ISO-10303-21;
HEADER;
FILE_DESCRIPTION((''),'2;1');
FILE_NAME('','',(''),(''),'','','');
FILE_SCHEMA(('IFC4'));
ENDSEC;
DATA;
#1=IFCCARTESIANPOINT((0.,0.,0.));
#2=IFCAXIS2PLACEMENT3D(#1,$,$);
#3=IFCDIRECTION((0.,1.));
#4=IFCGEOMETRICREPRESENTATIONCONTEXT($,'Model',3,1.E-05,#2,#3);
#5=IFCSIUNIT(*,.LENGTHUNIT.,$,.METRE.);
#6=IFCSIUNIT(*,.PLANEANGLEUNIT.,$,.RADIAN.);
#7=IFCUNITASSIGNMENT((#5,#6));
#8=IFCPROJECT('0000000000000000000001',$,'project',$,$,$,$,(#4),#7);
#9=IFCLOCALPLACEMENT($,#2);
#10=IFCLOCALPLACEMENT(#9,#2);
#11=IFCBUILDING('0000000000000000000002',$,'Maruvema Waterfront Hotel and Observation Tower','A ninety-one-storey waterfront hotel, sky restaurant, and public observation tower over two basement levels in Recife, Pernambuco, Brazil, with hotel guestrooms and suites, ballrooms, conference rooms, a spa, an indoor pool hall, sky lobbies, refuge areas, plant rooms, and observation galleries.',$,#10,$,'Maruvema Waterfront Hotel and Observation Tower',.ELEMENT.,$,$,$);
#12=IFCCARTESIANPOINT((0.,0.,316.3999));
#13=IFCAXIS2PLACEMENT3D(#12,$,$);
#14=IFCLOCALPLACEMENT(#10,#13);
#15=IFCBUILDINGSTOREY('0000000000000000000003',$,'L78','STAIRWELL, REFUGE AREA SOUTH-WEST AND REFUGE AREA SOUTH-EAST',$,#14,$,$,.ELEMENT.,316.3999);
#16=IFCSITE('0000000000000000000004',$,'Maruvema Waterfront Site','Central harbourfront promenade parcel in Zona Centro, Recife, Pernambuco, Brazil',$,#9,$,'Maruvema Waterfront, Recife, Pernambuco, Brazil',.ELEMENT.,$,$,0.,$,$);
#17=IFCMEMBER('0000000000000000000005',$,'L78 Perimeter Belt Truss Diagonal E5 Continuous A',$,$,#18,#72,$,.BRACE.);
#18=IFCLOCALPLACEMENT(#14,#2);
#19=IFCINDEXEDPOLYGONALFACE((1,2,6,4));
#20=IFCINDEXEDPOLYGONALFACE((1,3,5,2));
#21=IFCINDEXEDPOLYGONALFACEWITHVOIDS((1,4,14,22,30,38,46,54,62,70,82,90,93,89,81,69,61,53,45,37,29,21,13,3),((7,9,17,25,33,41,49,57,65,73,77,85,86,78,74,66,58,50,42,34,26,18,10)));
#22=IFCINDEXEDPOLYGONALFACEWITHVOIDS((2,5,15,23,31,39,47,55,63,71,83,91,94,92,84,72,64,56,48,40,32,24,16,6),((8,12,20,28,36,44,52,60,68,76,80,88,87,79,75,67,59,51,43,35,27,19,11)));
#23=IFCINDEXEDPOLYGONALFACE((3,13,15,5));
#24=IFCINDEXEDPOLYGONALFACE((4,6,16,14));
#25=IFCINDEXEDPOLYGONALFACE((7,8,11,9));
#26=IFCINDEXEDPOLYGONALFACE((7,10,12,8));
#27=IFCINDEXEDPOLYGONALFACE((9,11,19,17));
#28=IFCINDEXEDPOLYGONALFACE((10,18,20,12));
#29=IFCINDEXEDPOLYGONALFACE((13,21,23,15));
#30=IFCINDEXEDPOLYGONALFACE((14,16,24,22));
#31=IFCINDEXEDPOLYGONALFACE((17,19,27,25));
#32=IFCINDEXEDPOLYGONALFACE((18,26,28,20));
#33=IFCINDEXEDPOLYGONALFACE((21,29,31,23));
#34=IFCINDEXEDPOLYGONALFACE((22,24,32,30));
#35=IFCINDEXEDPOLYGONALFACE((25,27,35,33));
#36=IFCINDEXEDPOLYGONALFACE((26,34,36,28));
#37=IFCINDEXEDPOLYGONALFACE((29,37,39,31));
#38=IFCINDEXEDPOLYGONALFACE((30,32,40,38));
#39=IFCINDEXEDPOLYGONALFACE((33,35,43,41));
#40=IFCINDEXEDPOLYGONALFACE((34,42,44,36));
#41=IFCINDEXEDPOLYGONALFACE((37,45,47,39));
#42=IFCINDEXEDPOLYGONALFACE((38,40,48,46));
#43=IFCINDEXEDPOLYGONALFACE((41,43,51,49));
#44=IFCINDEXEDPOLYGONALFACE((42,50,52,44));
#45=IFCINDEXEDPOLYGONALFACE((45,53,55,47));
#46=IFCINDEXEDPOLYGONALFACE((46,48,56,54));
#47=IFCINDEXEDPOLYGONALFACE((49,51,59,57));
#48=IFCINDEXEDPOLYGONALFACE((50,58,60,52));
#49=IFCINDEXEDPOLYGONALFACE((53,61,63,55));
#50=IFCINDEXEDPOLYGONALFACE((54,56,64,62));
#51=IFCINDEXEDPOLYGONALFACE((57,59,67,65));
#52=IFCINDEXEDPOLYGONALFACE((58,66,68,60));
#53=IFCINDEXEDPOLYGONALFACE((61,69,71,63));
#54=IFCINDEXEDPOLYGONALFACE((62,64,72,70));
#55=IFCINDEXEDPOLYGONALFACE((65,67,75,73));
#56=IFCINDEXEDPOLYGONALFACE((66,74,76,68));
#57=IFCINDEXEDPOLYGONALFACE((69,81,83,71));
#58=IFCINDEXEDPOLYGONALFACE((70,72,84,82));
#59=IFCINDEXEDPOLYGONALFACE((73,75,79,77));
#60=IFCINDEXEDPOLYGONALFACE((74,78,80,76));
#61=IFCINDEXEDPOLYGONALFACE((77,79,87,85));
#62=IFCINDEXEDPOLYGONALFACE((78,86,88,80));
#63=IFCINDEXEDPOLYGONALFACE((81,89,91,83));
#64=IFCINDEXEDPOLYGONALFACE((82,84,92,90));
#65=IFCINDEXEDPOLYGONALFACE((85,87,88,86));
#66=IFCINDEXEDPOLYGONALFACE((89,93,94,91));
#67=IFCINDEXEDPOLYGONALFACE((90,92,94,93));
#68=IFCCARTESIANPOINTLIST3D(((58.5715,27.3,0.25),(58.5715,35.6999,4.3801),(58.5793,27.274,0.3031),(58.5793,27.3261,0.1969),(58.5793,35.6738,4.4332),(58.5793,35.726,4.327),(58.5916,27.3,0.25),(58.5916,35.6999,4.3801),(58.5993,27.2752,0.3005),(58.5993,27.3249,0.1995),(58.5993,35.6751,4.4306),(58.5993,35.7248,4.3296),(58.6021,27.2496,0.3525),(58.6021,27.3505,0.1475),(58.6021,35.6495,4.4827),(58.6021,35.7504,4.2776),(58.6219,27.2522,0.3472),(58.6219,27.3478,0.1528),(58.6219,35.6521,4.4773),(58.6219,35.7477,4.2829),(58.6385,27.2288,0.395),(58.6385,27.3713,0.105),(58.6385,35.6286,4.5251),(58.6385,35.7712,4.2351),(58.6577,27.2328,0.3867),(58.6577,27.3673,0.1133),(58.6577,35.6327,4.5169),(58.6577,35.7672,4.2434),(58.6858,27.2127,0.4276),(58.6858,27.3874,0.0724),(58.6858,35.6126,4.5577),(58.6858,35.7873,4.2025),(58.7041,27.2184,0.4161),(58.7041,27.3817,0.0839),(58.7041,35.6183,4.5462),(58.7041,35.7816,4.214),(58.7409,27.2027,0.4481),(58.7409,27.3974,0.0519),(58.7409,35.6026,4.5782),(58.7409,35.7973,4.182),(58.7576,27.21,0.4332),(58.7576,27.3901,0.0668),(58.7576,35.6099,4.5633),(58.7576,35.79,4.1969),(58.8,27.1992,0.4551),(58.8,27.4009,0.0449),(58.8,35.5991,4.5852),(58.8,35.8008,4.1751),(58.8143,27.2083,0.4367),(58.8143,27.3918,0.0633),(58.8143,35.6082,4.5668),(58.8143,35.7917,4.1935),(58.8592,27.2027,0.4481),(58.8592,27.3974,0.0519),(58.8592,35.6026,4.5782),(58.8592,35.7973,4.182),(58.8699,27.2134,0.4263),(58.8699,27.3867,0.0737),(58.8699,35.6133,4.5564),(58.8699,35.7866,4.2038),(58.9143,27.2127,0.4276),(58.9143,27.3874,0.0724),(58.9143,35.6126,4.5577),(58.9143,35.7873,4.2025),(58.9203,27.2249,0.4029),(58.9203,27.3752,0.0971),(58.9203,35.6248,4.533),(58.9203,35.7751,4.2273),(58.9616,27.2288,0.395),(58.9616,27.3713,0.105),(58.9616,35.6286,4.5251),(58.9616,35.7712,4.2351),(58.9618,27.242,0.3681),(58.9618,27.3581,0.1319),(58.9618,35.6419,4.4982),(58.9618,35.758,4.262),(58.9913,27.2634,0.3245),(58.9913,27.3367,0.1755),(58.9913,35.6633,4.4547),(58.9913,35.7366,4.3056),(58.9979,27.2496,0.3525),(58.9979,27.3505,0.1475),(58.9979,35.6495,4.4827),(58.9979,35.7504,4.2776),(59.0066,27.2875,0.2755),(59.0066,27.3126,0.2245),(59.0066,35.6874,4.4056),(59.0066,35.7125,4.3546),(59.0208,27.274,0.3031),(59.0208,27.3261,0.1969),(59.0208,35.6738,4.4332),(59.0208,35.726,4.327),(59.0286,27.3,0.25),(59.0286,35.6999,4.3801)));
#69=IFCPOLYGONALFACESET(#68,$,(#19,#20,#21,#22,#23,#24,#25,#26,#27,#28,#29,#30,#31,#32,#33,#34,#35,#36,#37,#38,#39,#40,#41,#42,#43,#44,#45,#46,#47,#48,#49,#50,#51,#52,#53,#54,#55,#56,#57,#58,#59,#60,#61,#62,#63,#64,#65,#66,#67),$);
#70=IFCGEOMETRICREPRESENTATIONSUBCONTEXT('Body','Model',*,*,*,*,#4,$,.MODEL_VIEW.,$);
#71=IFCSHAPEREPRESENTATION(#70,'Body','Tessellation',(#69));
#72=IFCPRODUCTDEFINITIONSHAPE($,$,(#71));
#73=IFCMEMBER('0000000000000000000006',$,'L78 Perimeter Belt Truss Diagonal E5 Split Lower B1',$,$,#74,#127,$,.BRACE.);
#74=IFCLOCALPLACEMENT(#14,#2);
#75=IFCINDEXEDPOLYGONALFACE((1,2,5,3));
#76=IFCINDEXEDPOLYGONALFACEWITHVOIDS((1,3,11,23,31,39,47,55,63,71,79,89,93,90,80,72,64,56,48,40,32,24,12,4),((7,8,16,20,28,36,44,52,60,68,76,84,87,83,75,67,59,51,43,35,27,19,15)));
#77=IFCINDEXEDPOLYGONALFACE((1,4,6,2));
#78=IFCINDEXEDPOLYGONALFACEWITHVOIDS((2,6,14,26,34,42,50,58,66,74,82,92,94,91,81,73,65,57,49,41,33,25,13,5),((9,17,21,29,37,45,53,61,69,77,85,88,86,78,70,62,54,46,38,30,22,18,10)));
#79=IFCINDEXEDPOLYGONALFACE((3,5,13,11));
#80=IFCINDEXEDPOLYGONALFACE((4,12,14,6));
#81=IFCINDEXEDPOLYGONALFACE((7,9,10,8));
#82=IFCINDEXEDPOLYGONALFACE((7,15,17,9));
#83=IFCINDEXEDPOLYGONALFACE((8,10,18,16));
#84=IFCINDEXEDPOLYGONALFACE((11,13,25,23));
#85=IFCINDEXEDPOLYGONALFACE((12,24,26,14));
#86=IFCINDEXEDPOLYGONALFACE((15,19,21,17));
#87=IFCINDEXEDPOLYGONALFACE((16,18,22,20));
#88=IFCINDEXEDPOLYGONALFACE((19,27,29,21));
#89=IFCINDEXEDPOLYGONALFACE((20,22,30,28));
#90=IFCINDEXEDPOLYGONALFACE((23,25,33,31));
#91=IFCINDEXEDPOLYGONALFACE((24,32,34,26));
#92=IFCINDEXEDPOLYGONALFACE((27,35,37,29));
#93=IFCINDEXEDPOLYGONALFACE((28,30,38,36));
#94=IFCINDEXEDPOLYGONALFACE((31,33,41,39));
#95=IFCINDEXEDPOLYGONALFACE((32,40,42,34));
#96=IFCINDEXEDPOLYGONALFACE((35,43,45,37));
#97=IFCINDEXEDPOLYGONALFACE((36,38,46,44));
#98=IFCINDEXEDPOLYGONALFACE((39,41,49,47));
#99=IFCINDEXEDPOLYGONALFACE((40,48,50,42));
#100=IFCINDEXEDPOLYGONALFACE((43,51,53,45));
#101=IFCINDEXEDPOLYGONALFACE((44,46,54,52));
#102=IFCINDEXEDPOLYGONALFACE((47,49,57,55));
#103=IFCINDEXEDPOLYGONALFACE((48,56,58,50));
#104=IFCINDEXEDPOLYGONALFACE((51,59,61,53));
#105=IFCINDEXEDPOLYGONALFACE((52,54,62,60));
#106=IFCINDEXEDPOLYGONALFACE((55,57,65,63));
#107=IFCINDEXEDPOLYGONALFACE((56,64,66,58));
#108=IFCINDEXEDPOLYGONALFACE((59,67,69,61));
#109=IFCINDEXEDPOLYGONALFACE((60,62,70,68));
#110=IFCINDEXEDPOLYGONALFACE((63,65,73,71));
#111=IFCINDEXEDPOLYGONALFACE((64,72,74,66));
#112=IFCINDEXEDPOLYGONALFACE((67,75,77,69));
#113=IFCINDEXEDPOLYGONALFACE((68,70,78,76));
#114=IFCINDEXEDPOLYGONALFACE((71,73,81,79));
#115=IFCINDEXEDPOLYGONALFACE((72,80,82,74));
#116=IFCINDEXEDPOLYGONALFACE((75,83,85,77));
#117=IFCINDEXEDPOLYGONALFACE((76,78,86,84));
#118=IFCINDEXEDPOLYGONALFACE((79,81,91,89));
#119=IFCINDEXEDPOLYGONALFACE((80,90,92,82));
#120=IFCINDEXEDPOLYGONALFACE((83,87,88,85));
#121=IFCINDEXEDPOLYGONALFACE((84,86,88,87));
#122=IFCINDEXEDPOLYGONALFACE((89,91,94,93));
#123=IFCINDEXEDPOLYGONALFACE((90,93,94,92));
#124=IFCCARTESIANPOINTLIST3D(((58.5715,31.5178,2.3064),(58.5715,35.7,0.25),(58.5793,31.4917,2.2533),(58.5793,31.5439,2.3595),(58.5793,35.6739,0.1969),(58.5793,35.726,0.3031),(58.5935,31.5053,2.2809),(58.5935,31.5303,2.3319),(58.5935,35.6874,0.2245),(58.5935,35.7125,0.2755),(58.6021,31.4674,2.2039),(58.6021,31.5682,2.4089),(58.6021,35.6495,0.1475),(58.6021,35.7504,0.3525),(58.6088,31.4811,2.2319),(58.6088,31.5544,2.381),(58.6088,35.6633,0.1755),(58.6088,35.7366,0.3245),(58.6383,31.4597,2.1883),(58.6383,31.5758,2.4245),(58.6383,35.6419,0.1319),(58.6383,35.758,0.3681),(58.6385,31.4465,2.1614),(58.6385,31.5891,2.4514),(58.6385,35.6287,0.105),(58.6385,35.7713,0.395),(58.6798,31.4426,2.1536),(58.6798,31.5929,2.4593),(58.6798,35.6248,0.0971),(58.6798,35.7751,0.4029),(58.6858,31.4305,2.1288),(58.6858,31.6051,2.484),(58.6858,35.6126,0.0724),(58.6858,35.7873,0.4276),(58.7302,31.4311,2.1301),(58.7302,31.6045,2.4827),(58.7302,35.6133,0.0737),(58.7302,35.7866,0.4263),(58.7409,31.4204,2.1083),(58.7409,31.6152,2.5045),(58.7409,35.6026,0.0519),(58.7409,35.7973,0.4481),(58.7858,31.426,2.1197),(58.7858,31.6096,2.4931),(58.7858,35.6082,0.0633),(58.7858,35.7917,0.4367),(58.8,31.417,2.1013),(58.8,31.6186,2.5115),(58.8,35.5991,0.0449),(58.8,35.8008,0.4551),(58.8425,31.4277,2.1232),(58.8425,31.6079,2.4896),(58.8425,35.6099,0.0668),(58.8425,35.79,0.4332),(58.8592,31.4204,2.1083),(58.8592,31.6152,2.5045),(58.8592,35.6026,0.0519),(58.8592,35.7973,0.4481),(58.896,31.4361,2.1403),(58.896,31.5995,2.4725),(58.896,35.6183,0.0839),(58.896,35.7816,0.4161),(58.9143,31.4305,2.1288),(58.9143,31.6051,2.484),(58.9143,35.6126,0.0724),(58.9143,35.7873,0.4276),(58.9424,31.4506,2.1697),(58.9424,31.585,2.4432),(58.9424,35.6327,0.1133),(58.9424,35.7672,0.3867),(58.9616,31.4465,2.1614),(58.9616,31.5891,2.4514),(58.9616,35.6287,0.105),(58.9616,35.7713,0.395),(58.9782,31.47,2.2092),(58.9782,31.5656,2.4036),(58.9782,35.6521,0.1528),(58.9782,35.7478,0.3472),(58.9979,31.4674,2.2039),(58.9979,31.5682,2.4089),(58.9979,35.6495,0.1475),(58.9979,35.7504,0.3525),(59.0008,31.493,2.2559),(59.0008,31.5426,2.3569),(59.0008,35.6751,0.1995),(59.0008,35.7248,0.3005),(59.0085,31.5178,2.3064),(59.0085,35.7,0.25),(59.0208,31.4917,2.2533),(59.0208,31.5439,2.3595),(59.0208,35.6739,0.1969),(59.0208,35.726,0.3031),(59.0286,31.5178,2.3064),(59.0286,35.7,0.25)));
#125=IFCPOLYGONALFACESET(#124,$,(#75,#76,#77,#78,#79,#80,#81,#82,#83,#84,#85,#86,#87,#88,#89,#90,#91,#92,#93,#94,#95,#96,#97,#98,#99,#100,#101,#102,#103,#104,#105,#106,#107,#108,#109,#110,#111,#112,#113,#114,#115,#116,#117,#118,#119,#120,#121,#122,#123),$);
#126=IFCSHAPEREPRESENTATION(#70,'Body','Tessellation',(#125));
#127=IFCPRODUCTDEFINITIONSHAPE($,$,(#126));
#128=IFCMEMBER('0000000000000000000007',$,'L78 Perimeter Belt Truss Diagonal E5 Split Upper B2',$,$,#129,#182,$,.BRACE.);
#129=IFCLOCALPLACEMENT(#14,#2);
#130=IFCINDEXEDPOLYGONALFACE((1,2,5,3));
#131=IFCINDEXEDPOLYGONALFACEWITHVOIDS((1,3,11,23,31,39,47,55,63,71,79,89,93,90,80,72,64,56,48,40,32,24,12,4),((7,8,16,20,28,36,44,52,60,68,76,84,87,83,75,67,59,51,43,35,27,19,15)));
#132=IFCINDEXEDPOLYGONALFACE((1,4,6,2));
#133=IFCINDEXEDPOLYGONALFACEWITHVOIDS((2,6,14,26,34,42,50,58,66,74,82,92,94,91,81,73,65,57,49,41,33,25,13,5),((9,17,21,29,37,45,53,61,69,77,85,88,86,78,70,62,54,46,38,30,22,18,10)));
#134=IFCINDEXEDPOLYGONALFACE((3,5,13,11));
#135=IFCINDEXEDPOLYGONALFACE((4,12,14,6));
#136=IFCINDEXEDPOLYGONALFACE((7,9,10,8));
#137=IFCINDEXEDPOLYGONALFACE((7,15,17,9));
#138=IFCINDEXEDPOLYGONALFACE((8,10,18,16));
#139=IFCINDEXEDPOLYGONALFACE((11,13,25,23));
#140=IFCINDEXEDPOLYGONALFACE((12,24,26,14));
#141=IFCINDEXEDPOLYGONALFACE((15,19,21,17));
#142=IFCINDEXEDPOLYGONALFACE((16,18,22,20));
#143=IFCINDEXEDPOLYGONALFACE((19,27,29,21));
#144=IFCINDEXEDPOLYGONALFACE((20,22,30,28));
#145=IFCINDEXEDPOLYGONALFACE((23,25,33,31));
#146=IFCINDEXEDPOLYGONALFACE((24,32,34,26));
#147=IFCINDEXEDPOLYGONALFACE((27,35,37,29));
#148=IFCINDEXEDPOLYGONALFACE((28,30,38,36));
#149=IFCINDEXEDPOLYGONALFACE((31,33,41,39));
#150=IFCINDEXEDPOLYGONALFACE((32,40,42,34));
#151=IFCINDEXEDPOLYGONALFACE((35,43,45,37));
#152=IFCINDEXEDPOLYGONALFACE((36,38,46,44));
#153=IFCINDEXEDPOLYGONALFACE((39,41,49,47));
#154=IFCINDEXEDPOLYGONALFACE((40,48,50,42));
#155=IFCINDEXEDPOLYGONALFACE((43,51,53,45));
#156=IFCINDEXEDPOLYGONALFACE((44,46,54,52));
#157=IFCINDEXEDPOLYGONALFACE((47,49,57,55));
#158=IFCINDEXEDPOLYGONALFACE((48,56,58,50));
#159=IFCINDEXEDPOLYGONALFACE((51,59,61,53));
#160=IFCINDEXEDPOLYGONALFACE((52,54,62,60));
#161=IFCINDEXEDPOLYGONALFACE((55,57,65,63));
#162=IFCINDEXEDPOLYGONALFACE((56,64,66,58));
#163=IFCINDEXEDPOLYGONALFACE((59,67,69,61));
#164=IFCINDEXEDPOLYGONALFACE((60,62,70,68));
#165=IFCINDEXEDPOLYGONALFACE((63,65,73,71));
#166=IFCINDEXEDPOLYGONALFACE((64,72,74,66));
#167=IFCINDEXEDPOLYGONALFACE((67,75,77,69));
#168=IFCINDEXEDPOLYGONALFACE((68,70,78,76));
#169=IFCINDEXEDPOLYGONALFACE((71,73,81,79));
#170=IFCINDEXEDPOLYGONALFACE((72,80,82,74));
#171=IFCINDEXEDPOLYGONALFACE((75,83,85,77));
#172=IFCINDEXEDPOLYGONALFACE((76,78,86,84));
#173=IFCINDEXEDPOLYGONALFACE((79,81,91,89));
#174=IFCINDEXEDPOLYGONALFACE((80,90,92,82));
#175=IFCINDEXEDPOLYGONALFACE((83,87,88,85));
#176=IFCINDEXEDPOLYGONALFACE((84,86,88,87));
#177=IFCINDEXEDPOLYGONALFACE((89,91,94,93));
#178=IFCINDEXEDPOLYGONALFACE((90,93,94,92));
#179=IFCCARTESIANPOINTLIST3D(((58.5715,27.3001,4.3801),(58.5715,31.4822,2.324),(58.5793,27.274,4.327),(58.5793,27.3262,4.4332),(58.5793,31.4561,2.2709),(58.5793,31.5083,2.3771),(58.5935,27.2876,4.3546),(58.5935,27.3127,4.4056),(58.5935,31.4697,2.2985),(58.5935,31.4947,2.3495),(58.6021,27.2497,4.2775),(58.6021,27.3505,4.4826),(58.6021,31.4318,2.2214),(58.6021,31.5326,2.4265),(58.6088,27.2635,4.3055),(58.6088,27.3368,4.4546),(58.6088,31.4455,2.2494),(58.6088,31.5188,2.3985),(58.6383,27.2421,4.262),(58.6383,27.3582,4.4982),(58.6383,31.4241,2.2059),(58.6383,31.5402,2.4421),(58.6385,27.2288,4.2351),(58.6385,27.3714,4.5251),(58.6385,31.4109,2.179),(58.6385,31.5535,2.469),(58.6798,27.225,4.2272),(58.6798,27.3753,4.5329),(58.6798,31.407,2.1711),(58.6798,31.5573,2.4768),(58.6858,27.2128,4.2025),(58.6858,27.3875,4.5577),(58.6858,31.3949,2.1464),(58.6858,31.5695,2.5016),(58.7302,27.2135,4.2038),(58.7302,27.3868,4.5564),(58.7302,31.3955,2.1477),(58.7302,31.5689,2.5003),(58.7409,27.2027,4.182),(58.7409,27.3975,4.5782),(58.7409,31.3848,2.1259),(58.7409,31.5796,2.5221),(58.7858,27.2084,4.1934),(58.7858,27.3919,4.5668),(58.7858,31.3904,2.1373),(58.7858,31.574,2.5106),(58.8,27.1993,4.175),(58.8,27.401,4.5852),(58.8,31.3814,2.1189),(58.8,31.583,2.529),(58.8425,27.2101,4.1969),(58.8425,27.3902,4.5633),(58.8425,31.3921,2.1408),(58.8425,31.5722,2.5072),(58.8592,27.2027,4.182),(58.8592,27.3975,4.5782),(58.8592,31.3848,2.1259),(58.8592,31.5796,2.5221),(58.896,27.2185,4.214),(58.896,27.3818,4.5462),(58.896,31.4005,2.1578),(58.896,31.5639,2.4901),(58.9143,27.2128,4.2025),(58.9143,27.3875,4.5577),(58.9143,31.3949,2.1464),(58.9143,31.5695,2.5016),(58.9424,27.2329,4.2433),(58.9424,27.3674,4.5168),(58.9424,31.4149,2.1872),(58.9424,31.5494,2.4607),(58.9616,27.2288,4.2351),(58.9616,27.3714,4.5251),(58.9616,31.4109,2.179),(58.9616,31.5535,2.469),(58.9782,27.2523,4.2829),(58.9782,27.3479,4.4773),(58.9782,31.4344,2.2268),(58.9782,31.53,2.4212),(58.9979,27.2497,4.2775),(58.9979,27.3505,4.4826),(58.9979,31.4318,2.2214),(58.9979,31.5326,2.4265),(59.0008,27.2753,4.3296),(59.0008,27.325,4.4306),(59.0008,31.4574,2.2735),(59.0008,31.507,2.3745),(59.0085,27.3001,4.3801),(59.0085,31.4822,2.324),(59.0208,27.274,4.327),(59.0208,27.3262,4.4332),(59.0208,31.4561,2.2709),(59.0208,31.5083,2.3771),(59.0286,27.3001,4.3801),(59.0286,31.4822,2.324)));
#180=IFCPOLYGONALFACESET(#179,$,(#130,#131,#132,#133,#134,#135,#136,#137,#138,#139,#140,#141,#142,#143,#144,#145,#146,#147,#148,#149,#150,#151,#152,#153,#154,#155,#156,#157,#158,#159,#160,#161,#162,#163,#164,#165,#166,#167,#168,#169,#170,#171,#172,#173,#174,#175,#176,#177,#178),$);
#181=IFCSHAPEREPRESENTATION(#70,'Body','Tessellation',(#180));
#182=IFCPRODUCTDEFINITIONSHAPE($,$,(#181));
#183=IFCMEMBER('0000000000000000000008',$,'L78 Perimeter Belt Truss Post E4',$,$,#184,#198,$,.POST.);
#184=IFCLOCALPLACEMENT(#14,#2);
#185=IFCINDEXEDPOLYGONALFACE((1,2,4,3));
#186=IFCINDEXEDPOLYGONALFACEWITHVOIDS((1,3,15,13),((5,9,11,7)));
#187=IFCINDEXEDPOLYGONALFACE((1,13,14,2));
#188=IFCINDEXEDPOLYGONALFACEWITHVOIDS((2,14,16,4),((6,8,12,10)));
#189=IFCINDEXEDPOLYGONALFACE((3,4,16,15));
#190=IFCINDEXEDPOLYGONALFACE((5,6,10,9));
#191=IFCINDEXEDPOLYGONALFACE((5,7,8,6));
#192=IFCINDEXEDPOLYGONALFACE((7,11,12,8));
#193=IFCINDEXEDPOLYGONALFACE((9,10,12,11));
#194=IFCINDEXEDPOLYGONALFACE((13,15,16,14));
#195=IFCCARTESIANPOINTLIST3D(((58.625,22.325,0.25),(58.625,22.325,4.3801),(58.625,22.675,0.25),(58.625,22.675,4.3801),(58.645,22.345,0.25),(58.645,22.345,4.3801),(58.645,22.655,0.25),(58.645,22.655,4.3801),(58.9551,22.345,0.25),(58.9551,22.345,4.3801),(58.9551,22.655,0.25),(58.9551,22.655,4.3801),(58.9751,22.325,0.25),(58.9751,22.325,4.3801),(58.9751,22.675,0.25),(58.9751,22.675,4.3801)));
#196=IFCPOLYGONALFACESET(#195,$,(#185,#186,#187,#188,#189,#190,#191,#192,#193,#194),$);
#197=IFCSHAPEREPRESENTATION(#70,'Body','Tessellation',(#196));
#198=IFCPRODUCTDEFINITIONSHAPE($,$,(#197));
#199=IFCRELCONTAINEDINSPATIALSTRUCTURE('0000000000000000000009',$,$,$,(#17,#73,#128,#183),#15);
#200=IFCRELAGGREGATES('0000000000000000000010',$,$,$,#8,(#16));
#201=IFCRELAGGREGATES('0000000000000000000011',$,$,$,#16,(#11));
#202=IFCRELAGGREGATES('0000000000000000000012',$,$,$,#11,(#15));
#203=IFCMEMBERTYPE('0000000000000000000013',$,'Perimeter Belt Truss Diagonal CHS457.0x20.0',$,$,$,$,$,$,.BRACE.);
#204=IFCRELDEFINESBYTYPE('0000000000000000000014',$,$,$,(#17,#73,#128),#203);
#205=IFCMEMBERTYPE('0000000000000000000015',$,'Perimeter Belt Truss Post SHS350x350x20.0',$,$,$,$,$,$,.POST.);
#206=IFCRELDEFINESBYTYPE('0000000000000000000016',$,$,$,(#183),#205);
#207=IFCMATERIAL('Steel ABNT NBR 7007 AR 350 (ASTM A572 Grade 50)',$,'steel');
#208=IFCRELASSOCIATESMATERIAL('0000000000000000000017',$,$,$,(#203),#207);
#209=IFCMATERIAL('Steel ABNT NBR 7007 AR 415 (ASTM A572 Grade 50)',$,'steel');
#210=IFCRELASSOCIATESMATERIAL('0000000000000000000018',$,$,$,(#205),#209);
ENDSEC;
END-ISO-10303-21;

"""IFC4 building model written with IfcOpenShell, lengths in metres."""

from ifc_helpers import new_model, si_unit, direction, frame, origin, origin_2d, place, context, subcontext, project, spatial, hollow_rectangle, hollow_circle, extrude, material, material_profile, profile_set, type_object, element, save


model = new_model("IFC4")

# Units and contexts
model_context = context("Model", 3, precision=1e-05, world=origin(), true_north=direction((0.0, 1.0)))
body_context = subcontext(model_context, "Body", "Model", "MODEL_VIEW")
ifc_project = project(units=[si_unit("LENGTHUNIT", "METRE"), si_unit("PLANEANGLEUNIT", "RADIAN")], contexts=[model_context])

# Site, building, storey
site_placement = place(None, origin())
site = spatial("IfcSite", under=ifc_project, at=site_placement, Name="Maruvema Waterfront Site", Description="Central harbourfront promenade parcel in Zona Centro, Recife, Pernambuco, Brazil", LongName="Maruvema Waterfront, Recife, Pernambuco, Brazil", CompositionType="ELEMENT", RefElevation=0.0)
building_placement = place(site_placement, origin())
building = spatial("IfcBuilding", under=site, at=building_placement, Name="Maruvema Waterfront Hotel and Observation Tower", Description="A ninety-one-storey waterfront hotel, sky restaurant, and public observation tower over two basement levels in Recife, Pernambuco, Brazil, with hotel guestrooms and suites, ballrooms, conference rooms, a spa, an indoor pool hall, sky lobbies, refuge areas, plant rooms, and observation galleries.", LongName="Maruvema Waterfront Hotel and Observation Tower", CompositionType="ELEMENT")
storey_placement = place(building_placement, frame((0.0, 0.0, 316.3999)))
storey = spatial("IfcBuildingStorey", under=building, at=storey_placement, Name="L78", Description="STAIRWELL, REFUGE AREA SOUTH-WEST AND REFUGE AREA SOUTH-EAST", CompositionType="ELEMENT", Elevation=316.3999)

# Members
ifc_material_1 = material(Name="Steel ABNT NBR 7007 AR 350 (ASTM A572 Grade 50)", Category="steel")
ifc_material_profile_1 = material_profile(ifc_material_1, hollow_circle(Radius=0.2285, WallThickness=0.02, at=origin_2d()), Name="CHS457.0x20.0")
ifc_profile_set_1 = profile_set([ifc_material_profile_1], Name="Steel ABNT NBR 7007 AR 350 (ASTM A572 Grade 50)")
member_type_1 = type_object("IfcMemberType", Name="Perimeter Belt Truss Diagonal CHS457.0x20.0", PredefinedType="BRACE", material=ifc_profile_set_1)
member_1_placement = place(storey_placement, frame((58.8, 27.3, 0.25), z_axis=(0.0, 0.897391, 0.441236), x_axis=(-1.0, 0.0, 0.0)))
element("IfcMember", 1, at=member_1_placement, inside=storey, type_object=member_type_1, Name="L78 Perimeter Belt Truss Diagonal E5 Continuous A", PredefinedType="BRACE", context=body_context, shape_type="SweptSolid", body=[
    extrude(hollow_circle(Radius=0.2285, WallThickness=0.02, at=origin_2d()), origin(), (0.0, 0.0, 1.0), 9.3604),
])
member_2_placement = place(storey_placement, frame((58.8, 35.7, 0.25), z_axis=(0.0, -0.897383, 0.441253), x_axis=(1.0, 0.0, 0.0)))
element("IfcMember", 2, at=member_2_placement, inside=storey, type_object=member_type_1, Name="L78 Perimeter Belt Truss Diagonal E5 Split Lower B1", PredefinedType="BRACE", context=body_context, shape_type="SweptSolid", body=[
    extrude(hollow_circle(Radius=0.2285, WallThickness=0.02, at=origin_2d()), origin(), (0.0, 0.0, 1.0), 4.6604),
])
member_3_placement = place(storey_placement, frame((58.8, 31.4822, 2.324), z_axis=(0.0, -0.897404, 0.44121), x_axis=(1.0, 0.0, 0.0)))
element("IfcMember", 3, at=member_3_placement, inside=storey, type_object=member_type_1, Name="L78 Perimeter Belt Truss Diagonal E5 Split Upper B2", PredefinedType="BRACE", context=body_context, shape_type="SweptSolid", body=[
    extrude(hollow_circle(Radius=0.2285, WallThickness=0.02, at=origin_2d()), origin(), (0.0, 0.0, 1.0), 4.6602),
])
ifc_material_2 = material(Name="Steel ABNT NBR 7007 AR 415 (ASTM A572 Grade 50)", Category="steel")
ifc_material_profile_2 = material_profile(ifc_material_2, hollow_rectangle(XDim=0.3501, YDim=0.3501, WallThickness=0.02, at=origin_2d()), Name="SHS350x350x20.0")
ifc_profile_set_2 = profile_set([ifc_material_profile_2], Name="Steel ABNT NBR 7007 AR 415 (ASTM A572 Grade 50)")
member_type_2 = type_object("IfcMemberType", Name="Perimeter Belt Truss Post SHS350x350x20.0", PredefinedType="POST", material=ifc_profile_set_2)
for number, where, z_axis, x_axis, name in (
    (4, (58.8, 22.5, 0.25), (0.0, 0.0, 1.0), (1.0, 0.0, 0.0), "L78 Perimeter Belt Truss Post E4"),
):
    element("IfcMember", number, at=place(storey_placement, frame(where, z_axis=z_axis, x_axis=x_axis)), inside=storey, type_object=member_type_2, Name=name, PredefinedType="POST", context=body_context, shape_type="SweptSolid", body=[
        extrude(hollow_rectangle(XDim=0.3501, YDim=0.3501, WallThickness=0.02, at=origin_2d()), origin(), (0.0, 0.0, 1.0), 4.1301),
    ])

save(model, "model.ifc")
